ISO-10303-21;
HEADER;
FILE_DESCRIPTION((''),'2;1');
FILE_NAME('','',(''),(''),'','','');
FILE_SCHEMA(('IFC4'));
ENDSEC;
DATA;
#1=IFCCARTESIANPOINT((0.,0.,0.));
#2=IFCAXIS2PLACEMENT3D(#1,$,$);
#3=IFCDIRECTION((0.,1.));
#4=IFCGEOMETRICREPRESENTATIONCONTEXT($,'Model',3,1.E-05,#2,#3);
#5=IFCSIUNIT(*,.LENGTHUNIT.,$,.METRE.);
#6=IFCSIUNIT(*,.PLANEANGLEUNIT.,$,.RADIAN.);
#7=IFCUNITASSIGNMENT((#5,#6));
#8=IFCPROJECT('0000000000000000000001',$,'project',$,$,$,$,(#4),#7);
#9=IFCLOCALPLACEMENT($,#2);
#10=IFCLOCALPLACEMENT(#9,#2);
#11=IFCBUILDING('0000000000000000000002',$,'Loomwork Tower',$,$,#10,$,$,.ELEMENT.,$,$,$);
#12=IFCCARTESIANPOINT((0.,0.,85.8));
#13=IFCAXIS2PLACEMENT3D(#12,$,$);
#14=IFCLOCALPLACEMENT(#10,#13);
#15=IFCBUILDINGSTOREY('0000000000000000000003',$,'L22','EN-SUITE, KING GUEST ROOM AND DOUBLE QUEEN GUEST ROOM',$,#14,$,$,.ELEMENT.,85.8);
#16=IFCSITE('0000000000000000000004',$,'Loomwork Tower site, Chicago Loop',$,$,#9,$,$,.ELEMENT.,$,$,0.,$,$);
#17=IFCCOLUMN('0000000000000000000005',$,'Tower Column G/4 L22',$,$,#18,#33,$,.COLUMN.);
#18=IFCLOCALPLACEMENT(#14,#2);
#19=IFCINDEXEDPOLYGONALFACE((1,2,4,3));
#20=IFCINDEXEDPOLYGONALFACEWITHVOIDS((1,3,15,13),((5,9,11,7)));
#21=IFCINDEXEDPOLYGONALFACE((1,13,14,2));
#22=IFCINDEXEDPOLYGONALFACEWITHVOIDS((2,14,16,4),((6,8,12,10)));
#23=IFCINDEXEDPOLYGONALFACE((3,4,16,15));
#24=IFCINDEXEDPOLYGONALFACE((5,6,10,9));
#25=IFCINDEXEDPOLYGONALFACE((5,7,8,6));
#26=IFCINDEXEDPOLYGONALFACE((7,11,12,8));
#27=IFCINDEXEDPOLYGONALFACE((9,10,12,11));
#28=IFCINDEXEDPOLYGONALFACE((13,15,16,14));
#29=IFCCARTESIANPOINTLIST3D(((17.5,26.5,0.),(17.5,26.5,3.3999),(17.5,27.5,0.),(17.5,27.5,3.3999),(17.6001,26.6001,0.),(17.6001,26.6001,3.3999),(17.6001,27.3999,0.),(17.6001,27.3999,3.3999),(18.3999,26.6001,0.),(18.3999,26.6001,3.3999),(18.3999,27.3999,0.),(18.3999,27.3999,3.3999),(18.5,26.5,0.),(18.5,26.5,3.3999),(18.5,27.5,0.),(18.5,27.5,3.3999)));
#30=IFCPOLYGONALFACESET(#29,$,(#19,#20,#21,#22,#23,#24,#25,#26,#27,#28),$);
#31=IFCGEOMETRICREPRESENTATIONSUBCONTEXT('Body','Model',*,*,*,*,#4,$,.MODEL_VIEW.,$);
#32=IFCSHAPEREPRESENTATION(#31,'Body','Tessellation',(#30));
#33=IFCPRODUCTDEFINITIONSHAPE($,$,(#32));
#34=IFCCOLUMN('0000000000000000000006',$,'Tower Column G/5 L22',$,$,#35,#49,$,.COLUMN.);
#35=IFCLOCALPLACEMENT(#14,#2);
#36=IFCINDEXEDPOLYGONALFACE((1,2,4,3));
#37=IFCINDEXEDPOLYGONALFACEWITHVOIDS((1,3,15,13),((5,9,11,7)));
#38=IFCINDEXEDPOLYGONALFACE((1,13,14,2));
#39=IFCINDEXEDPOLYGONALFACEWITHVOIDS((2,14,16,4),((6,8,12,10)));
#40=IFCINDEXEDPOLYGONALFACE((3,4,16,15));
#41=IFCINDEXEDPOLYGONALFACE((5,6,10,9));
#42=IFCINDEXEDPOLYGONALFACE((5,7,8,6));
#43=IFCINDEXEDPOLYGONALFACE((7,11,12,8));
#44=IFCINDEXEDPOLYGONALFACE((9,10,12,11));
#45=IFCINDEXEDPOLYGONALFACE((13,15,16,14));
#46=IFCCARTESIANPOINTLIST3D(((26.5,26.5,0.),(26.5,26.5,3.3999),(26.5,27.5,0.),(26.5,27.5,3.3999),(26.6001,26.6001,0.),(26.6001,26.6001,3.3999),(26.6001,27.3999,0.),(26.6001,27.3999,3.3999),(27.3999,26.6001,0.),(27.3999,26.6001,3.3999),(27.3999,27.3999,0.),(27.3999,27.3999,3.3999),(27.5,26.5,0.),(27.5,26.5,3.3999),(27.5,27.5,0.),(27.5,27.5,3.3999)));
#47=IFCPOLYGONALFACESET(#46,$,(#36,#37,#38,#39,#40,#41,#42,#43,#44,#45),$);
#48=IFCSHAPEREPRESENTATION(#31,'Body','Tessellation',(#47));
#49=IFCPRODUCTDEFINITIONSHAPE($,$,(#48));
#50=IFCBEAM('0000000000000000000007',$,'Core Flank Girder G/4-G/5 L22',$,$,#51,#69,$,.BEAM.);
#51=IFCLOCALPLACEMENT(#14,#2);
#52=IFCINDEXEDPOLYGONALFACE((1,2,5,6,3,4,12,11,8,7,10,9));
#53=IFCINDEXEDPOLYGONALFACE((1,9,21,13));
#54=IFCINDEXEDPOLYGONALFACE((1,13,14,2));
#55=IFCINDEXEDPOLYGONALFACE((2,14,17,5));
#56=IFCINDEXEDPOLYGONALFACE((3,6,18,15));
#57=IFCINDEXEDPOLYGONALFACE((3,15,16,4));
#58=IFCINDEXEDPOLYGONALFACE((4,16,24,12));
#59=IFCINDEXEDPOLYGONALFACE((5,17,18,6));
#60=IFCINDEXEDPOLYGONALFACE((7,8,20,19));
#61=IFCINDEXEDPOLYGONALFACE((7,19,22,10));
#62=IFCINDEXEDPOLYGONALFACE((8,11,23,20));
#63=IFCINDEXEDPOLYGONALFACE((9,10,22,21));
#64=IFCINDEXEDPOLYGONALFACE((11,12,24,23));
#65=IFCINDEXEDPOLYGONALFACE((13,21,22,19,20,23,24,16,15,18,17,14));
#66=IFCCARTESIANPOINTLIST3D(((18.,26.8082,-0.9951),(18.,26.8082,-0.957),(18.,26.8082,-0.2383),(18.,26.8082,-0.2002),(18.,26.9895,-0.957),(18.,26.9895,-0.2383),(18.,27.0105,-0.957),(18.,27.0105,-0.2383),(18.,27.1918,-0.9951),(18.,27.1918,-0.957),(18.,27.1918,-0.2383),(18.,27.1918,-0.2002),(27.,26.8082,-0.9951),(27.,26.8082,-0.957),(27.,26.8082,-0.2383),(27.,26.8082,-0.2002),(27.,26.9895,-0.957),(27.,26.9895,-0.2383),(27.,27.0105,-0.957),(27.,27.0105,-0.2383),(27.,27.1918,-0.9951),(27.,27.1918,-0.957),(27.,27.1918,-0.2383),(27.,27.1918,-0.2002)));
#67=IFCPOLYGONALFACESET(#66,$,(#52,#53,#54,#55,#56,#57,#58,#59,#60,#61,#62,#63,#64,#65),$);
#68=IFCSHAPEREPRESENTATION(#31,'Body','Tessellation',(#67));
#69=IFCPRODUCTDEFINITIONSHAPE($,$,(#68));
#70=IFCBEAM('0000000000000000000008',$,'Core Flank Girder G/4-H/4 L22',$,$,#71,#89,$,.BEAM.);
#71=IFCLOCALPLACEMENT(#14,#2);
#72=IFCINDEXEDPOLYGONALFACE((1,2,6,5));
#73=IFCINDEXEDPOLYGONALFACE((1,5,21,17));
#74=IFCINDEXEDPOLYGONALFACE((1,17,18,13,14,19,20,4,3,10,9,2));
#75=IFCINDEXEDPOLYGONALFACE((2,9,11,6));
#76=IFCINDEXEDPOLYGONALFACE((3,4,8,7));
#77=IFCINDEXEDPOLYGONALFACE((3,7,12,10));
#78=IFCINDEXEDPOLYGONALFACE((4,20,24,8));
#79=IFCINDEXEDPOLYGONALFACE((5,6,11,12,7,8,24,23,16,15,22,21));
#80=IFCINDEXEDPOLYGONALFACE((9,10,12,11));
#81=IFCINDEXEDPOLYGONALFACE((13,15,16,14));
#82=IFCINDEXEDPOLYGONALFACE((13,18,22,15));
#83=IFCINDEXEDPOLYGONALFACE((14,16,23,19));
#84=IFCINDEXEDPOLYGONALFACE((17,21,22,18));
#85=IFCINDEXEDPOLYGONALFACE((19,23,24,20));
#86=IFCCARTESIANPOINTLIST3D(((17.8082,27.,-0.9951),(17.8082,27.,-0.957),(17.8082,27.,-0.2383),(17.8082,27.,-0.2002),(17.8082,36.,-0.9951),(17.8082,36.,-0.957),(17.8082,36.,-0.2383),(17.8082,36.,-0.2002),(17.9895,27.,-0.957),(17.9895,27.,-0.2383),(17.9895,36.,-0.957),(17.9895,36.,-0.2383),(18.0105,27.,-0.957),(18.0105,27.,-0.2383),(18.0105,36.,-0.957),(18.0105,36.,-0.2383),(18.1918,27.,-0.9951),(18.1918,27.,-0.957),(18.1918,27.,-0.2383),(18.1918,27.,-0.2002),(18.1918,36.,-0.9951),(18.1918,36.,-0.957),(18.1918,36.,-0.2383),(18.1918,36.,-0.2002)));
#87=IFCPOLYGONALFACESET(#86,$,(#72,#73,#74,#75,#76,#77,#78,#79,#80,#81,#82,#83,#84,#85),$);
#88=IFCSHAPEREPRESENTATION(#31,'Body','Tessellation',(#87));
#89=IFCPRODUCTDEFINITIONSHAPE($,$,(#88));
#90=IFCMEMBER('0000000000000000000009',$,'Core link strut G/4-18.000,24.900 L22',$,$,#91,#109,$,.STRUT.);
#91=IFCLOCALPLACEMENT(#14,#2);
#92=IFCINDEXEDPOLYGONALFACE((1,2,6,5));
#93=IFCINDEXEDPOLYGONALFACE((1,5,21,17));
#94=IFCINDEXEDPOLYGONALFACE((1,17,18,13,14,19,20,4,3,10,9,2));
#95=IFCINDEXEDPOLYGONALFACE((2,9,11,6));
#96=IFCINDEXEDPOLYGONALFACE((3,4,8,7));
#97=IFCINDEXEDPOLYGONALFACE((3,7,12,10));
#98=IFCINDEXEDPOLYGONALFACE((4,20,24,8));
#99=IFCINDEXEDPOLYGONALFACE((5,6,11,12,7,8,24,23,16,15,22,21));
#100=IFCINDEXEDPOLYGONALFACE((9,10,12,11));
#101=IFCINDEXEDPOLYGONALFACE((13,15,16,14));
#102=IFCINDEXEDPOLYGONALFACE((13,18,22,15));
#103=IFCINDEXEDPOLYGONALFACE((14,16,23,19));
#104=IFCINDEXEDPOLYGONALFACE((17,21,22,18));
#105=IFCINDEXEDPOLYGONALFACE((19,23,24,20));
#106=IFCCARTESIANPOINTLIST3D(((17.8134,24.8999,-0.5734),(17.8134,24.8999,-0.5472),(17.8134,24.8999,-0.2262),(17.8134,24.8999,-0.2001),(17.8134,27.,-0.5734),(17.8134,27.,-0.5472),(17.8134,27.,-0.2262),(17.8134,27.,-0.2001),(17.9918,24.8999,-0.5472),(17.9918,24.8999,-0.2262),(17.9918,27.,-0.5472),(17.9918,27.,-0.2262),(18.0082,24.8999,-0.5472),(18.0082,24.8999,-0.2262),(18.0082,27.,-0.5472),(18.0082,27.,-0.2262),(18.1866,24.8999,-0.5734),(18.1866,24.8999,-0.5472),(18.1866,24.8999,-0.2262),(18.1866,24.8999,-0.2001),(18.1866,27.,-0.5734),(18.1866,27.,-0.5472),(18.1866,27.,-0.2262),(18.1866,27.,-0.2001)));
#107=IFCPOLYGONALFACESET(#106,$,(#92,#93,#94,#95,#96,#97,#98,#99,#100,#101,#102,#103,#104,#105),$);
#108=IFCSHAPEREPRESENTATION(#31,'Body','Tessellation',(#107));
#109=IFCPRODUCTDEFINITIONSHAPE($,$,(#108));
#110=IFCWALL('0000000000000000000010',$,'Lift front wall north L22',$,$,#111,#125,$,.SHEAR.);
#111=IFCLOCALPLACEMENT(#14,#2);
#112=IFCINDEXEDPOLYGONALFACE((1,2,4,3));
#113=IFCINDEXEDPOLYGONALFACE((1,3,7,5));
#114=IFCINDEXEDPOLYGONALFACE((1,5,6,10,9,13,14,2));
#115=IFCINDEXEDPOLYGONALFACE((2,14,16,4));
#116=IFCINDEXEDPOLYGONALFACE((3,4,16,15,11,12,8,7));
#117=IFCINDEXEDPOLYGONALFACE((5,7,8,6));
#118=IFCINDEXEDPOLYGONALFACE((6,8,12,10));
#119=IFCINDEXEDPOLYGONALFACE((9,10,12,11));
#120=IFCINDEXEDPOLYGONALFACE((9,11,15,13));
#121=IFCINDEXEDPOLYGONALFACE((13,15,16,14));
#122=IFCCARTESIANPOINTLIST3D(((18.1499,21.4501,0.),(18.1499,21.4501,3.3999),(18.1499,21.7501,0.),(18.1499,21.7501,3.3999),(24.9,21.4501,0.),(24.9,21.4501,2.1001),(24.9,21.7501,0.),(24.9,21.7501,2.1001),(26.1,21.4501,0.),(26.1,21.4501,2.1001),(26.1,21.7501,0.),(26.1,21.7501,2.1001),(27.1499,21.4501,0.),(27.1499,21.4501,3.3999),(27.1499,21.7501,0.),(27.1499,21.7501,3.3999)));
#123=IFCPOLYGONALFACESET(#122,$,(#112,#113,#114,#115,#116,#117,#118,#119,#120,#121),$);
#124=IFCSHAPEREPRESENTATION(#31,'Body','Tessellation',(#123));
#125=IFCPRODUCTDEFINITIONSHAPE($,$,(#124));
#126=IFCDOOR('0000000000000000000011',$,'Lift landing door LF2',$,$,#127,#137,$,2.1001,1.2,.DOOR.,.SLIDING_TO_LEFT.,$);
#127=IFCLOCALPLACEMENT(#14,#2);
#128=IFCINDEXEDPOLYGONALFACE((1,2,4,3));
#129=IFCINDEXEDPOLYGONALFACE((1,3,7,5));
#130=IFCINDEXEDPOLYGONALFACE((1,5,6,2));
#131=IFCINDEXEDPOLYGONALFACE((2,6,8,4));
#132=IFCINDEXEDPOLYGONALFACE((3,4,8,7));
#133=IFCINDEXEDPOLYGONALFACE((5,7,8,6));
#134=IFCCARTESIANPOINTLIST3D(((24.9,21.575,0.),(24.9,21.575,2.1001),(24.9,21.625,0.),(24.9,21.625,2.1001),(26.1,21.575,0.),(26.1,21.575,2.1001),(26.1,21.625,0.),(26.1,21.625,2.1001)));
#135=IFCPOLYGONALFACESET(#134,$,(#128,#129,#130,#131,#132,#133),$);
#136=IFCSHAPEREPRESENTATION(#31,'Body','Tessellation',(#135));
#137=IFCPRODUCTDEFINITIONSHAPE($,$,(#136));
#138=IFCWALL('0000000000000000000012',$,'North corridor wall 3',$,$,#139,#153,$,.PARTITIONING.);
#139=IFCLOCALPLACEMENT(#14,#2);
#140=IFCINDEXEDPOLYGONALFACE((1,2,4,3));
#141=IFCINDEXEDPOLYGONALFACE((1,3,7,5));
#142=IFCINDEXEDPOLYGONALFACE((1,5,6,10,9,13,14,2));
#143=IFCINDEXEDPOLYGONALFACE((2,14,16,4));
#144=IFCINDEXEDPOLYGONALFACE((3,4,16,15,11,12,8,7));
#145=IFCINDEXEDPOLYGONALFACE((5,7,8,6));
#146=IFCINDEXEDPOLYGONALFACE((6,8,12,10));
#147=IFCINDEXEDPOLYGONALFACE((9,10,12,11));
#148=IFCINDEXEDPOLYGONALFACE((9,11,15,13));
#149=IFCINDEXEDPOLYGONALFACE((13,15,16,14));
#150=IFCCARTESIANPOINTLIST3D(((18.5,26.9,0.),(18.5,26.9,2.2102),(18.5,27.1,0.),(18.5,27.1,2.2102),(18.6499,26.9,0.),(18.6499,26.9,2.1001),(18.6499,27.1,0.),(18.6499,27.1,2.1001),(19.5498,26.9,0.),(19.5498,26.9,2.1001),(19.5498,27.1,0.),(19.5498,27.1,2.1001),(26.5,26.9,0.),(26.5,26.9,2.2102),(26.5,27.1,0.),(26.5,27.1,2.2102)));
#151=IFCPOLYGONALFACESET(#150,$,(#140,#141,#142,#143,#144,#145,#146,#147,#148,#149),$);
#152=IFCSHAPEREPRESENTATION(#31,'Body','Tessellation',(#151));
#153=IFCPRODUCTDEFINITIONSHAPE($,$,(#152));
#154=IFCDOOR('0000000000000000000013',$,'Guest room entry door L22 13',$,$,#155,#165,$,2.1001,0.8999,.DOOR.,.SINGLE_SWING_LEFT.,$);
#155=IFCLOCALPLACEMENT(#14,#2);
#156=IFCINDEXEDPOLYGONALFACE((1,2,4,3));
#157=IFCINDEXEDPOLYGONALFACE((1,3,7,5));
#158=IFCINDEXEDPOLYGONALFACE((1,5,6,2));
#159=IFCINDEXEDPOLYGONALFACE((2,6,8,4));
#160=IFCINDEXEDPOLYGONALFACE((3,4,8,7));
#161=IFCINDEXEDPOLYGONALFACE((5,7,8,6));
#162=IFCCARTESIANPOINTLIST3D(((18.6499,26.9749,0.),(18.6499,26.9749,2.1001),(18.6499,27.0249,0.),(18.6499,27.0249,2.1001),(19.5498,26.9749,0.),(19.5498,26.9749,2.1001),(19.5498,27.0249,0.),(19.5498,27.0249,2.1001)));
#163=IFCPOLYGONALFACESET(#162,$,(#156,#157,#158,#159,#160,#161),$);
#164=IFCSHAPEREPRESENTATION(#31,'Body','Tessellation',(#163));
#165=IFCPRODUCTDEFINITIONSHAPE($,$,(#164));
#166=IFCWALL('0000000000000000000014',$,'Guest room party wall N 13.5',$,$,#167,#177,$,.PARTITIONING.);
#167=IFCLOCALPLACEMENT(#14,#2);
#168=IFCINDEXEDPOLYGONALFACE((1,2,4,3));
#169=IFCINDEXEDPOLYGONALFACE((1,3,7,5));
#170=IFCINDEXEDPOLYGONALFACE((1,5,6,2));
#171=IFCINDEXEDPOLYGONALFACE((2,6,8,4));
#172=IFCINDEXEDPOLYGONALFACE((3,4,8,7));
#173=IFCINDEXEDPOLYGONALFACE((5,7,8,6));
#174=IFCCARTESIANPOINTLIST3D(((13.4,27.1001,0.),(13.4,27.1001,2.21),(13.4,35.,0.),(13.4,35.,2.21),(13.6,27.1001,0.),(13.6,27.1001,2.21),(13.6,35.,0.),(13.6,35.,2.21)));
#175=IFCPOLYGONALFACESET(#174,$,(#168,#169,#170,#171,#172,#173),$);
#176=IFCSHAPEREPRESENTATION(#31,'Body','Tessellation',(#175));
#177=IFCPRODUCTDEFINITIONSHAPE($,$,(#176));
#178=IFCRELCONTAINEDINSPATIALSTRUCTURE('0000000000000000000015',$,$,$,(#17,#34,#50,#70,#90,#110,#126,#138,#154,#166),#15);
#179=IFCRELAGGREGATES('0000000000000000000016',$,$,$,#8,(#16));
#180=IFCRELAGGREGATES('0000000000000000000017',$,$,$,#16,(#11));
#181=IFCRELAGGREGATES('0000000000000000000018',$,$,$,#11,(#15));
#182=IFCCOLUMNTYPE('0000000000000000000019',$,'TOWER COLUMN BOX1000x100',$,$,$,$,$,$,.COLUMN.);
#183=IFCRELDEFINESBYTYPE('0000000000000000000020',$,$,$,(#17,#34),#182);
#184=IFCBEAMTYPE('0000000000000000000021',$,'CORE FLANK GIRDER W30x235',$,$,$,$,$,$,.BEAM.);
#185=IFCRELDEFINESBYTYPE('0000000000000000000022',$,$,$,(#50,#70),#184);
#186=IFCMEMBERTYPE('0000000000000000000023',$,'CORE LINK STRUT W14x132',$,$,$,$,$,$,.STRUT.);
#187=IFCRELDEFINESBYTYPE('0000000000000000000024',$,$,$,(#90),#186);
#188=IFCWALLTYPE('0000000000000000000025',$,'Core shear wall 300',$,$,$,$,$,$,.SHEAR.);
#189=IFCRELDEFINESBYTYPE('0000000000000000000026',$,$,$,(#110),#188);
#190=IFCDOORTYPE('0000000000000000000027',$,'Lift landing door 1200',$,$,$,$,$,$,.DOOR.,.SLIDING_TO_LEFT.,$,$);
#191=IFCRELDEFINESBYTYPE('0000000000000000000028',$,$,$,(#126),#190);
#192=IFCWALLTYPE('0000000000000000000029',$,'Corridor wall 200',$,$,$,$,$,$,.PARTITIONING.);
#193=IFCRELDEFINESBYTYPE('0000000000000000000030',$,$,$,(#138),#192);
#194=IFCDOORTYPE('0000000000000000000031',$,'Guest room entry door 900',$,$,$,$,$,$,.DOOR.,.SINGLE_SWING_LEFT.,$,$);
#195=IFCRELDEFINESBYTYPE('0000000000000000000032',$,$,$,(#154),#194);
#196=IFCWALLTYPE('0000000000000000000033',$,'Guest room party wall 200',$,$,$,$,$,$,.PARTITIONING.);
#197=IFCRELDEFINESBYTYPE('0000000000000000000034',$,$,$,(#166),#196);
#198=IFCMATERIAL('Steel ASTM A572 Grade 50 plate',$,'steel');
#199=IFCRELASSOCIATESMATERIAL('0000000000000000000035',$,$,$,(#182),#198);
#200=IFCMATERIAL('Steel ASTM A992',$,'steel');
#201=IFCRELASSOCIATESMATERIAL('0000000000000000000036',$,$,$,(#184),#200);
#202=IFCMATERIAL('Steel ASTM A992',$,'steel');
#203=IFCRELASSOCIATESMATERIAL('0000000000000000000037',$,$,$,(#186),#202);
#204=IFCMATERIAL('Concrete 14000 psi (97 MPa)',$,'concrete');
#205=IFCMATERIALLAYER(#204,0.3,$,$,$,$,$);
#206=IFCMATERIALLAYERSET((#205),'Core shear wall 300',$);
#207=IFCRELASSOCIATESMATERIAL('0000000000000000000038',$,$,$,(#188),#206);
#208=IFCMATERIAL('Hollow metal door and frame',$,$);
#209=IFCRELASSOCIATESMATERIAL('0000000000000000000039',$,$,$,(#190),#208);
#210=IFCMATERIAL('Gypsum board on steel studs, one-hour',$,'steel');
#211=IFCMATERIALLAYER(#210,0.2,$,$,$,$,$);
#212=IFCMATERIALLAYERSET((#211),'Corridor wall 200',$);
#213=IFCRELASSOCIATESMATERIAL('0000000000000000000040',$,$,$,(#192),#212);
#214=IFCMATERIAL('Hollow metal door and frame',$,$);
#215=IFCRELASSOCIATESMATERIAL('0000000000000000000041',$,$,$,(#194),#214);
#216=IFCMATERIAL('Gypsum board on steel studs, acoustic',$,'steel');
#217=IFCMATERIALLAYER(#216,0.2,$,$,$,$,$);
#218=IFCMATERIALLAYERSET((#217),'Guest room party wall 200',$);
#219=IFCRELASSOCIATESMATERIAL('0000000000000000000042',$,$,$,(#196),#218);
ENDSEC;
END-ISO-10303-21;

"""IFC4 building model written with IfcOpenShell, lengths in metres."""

from ifc_helpers import new_model, si_unit, direction, frame, frame_2d, origin, origin_2d, place, context, subcontext, project, spatial, rectangle, hollow_rectangle, i_section, extrude, material, layer, layer_set, material_profile, profile_set, type_object, element, fill, save


model = new_model("IFC4")

# Units and contexts
model_context = context("Model", 3, precision=1e-05, world=origin(), true_north=direction((0.0, 1.0)))
body_context = subcontext(model_context, "Body", "Model", "MODEL_VIEW")
ifc_project = project(units=[si_unit("LENGTHUNIT", "METRE"), si_unit("PLANEANGLEUNIT", "RADIAN")], contexts=[model_context])

# Site, building, storey
site_placement = place(None, origin())
site = spatial("IfcSite", under=ifc_project, at=site_placement, Name="Loomwork Tower site, Chicago Loop", CompositionType="ELEMENT", RefElevation=0.0)
building_placement = place(site_placement, origin())
building = spatial("IfcBuilding", under=site, at=building_placement, Name="Loomwork Tower", CompositionType="ELEMENT")
storey_placement = place(building_placement, frame((0.0, 0.0, 85.8)))
storey = spatial("IfcBuildingStorey", under=building, at=storey_placement, Name="L22", Description="EN-SUITE, KING GUEST ROOM AND DOUBLE QUEEN GUEST ROOM", CompositionType="ELEMENT", Elevation=85.8)

# Columns
ifc_material_1 = material(Name="Steel ASTM A572 Grade 50 plate", Category="steel")
ifc_material_profile_1 = material_profile(ifc_material_1, hollow_rectangle(XDim=1.0, YDim=1.0, WallThickness=0.1001, at=origin_2d()), Name="BOX1000x100")
ifc_profile_set_1 = profile_set([ifc_material_profile_1], Name="Steel ASTM A572 Grade 50 plate")
column_type = type_object("IfcColumnType", Name="TOWER COLUMN BOX1000x100", PredefinedType="COLUMN", material=ifc_profile_set_1)
for number, where, z_axis, x_axis, name in (
    (1, (18.0, 27.0, 0.0), (0.0, 0.0, 1.0), (1.0, 0.0, 0.0), "Tower Column G/4 L22"),
    (2, (27.0, 27.0, 0.0), (0.0, 0.0, 1.0), (1.0, 0.0, 0.0), "Tower Column G/5 L22"),
):
    element("IfcColumn", number, at=place(storey_placement, frame(where, z_axis=z_axis, x_axis=x_axis)), inside=storey, type_object=column_type, Name=name, PredefinedType="COLUMN", context=body_context, shape_type="SweptSolid", body=[
        extrude(hollow_rectangle(XDim=1.0, YDim=1.0, WallThickness=0.1001, at=origin_2d()), origin(), (0.0, 0.0, 1.0), 3.3999),
    ])

# Beams
ifc_material_2 = material(Name="Steel ASTM A992", Category="steel")
ifc_material_profile_2 = material_profile(ifc_material_2, i_section(OverallWidth=0.3835, OverallDepth=0.7949, WebThickness=0.021, FlangeThickness=0.0381, at=origin_2d()), Name="W30x235")
ifc_profile_set_2 = profile_set([ifc_material_profile_2], Name="Steel ASTM A992")
beam_type = type_object("IfcBeamType", Name="CORE FLANK GIRDER W30x235", PredefinedType="BEAM", material=ifc_profile_set_2)
for number, where, z_axis, x_axis, name in (
    (3, (18.0, 27.0, -0.5977), (1.0, 0.0, 0.0), (0.0, 1.0, 0.0), "Core Flank Girder G/4-G/5 L22"),
    (4, (18.0, 27.0, -0.5977), (0.0, 1.0, 0.0), (-1.0, 0.0, 0.0), "Core Flank Girder G/4-H/4 L22"),
):
    element("IfcBeam", number, at=place(storey_placement, frame(where, z_axis=z_axis, x_axis=x_axis)), inside=storey, type_object=beam_type, Name=name, PredefinedType="BEAM", context=body_context, shape_type="SweptSolid", body=[
        extrude(i_section(OverallWidth=0.3835, OverallDepth=0.7949, WebThickness=0.021, FlangeThickness=0.0381, at=origin_2d()), origin(), (0.0, 0.0, 1.0), 9.0),
    ])

# Member
ifc_material_3 = material(Name="Steel ASTM A992", Category="steel")
ifc_material_profile_3 = material_profile(ifc_material_3, i_section(OverallWidth=0.3733, OverallDepth=0.3733, WebThickness=0.0164, FlangeThickness=0.0261, at=origin_2d()), Name="W14x132")
ifc_profile_set_3 = profile_set([ifc_material_profile_3], Name="Steel ASTM A992")
member_type = type_object("IfcMemberType", Name="CORE LINK STRUT W14x132", PredefinedType="STRUT", material=ifc_profile_set_3)
member_placement = place(storey_placement, frame((18.0, 27.0, -0.3867), z_axis=(0.0, -1.0, 0.0), x_axis=(1.0, 0.0, 0.0)))
element("IfcMember", 5, at=member_placement, inside=storey, type_object=member_type, Name="Core link strut G/4-18.000,24.900 L22", PredefinedType="STRUT", context=body_context, shape_type="SweptSolid", body=[
    extrude(i_section(OverallWidth=0.3733, OverallDepth=0.3733, WebThickness=0.0164, FlangeThickness=0.0261, at=origin_2d()), origin(), (0.0, 0.0, 1.0), 2.1001),
])

# Walls, openings, doors
ifc_material_4 = material(Name="Concrete 14000 psi (97 MPa)", Category="concrete")
ifc_layer_1 = layer(ifc_material_4, 0.3)
ifc_layer_set_1 = layer_set([ifc_layer_1], Name="Core shear wall 300")
wall_type_1 = type_object("IfcWallType", Name="Core shear wall 300", PredefinedType="SHEAR", material=ifc_layer_set_1)
wall_1_placement = place(storey_placement, frame((18.1499, 21.6001, 0.0), z_axis=(0.0, 0.0, 1.0), x_axis=(1.0, 0.0, 0.0)))
wall_1 = element("IfcWall", 6, at=wall_1_placement, inside=storey, type_object=wall_type_1, Name="Lift front wall north L22", PredefinedType="SHEAR", context=body_context, shape_type="SweptSolid", body=[
    extrude(rectangle(XDim=9.0, YDim=0.3, at=frame_2d((4.5, 0.0))), origin(), (0.0, 0.0, 1.0), 3.3999),
])
opening_1_placement = place(wall_1_placement, frame((6.75, 0.0, 0.0)))
opening_1 = element("IfcOpeningElement", 7, at=opening_1_placement, cuts=wall_1, PredefinedType="OPENING", context=body_context, shape_type="SweptSolid", body=[
    extrude(rectangle(XDim=1.2, YDim=2.1001, at=frame_2d((0.6001, 1.05))), frame((0.0, 0.1599, 0.0), z_axis=(0.0, -1.0, 0.0), x_axis=(1.0, 0.0, 0.0)), (0.0, 0.0, 1.0), 0.3201),
])
ifc_material_5 = material(Name="Hollow metal door and frame")
door_type_1 = type_object("IfcDoorType", Name="Lift landing door 1200", OperationType="SLIDING_TO_LEFT", PredefinedType="DOOR", material=ifc_material_5)
door_1_placement = place(opening_1_placement, origin())
door_1 = element("IfcDoor", 8, at=door_1_placement, inside=storey, type_object=door_type_1, Name="Lift landing door LF2", OperationType="SLIDING_TO_LEFT", OverallHeight=2.1001, OverallWidth=1.2, PredefinedType="DOOR", context=body_context, shape_type="SweptSolid", body=[
    extrude(rectangle(XDim=1.2, YDim=2.1001, at=frame_2d((0.6001, 1.05))), frame((0.0, 0.0249, 0.0), z_axis=(0.0, -1.0, 0.0), x_axis=(1.0, 0.0, 0.0)), (0.0, 0.0, 1.0), 0.05),
])
fill(opening_1, door_1)
ifc_material_6 = material(Name="Gypsum board on steel studs, one-hour", Category="steel")
ifc_layer_2 = layer(ifc_material_6, 0.2)
ifc_layer_set_2 = layer_set([ifc_layer_2], Name="Corridor wall 200")
wall_type_2 = type_object("IfcWallType", Name="Corridor wall 200", PredefinedType="PARTITIONING", material=ifc_layer_set_2)
wall_2_placement = place(storey_placement, frame((18.5, 27.0, 0.0), z_axis=(0.0, 0.0, 1.0), x_axis=(1.0, 0.0, 0.0)))
wall_2 = element("IfcWall", 9, at=wall_2_placement, inside=storey, type_object=wall_type_2, Name="North corridor wall 3", PredefinedType="PARTITIONING", context=body_context, shape_type="SweptSolid", body=[
    extrude(rectangle(XDim=8.0, YDim=0.2, at=frame_2d((4.0, 0.0))), origin(), (0.0, 0.0, 1.0), 2.2102),
])
opening_2_placement = place(wall_2_placement, frame((0.1499, 0.0, 0.0)))
opening_2 = element("IfcOpeningElement", 10, at=opening_2_placement, cuts=wall_2, PredefinedType="OPENING", context=body_context, shape_type="SweptSolid", body=[
    extrude(rectangle(XDim=0.8999, YDim=2.1001, at=frame_2d((0.45, 1.05))), frame((0.0, 0.1099, 0.0), z_axis=(0.0, -1.0, 0.0), x_axis=(1.0, 0.0, 0.0)), (0.0, 0.0, 1.0), 0.22),
])
ifc_material_7 = material(Name="Hollow metal door and frame")
door_type_2 = type_object("IfcDoorType", Name="Guest room entry door 900", OperationType="SINGLE_SWING_LEFT", PredefinedType="DOOR", material=ifc_material_7)
door_2_placement = place(opening_2_placement, origin())
door_2 = element("IfcDoor", 11, at=door_2_placement, inside=storey, type_object=door_type_2, Name="Guest room entry door L22 13", OperationType="SINGLE_SWING_LEFT", OverallHeight=2.1001, OverallWidth=0.8999, PredefinedType="DOOR", context=body_context, shape_type="SweptSolid", body=[
    extrude(rectangle(XDim=0.8999, YDim=2.1001, at=frame_2d((0.45, 1.05))), frame((0.0, 0.0249, 0.0), z_axis=(0.0, -1.0, 0.0), x_axis=(1.0, 0.0, 0.0)), (0.0, 0.0, 1.0), 0.05),
])
fill(opening_2, door_2)

# Wall
ifc_material_8 = material(Name="Gypsum board on steel studs, acoustic", Category="steel")
ifc_layer_3 = layer(ifc_material_8, 0.2)
ifc_layer_set_3 = layer_set([ifc_layer_3], Name="Guest room party wall 200")
wall_type_3 = type_object("IfcWallType", Name="Guest room party wall 200", PredefinedType="PARTITIONING", material=ifc_layer_set_3)
wall_3_placement = place(storey_placement, frame((13.5, 27.1001, 0.0), z_axis=(0.0, 0.0, 1.0), x_axis=(0.0, 1.0, 0.0)))
element("IfcWall", 12, at=wall_3_placement, inside=storey, type_object=wall_type_3, Name="Guest room party wall N 13.5", PredefinedType="PARTITIONING", context=body_context, shape_type="SweptSolid", body=[
    extrude(rectangle(XDim=7.8999, YDim=0.2, at=frame_2d((3.95, 0.0))), origin(), (0.0, 0.0, 1.0), 2.21),
])

save(model, "model.ifc")
